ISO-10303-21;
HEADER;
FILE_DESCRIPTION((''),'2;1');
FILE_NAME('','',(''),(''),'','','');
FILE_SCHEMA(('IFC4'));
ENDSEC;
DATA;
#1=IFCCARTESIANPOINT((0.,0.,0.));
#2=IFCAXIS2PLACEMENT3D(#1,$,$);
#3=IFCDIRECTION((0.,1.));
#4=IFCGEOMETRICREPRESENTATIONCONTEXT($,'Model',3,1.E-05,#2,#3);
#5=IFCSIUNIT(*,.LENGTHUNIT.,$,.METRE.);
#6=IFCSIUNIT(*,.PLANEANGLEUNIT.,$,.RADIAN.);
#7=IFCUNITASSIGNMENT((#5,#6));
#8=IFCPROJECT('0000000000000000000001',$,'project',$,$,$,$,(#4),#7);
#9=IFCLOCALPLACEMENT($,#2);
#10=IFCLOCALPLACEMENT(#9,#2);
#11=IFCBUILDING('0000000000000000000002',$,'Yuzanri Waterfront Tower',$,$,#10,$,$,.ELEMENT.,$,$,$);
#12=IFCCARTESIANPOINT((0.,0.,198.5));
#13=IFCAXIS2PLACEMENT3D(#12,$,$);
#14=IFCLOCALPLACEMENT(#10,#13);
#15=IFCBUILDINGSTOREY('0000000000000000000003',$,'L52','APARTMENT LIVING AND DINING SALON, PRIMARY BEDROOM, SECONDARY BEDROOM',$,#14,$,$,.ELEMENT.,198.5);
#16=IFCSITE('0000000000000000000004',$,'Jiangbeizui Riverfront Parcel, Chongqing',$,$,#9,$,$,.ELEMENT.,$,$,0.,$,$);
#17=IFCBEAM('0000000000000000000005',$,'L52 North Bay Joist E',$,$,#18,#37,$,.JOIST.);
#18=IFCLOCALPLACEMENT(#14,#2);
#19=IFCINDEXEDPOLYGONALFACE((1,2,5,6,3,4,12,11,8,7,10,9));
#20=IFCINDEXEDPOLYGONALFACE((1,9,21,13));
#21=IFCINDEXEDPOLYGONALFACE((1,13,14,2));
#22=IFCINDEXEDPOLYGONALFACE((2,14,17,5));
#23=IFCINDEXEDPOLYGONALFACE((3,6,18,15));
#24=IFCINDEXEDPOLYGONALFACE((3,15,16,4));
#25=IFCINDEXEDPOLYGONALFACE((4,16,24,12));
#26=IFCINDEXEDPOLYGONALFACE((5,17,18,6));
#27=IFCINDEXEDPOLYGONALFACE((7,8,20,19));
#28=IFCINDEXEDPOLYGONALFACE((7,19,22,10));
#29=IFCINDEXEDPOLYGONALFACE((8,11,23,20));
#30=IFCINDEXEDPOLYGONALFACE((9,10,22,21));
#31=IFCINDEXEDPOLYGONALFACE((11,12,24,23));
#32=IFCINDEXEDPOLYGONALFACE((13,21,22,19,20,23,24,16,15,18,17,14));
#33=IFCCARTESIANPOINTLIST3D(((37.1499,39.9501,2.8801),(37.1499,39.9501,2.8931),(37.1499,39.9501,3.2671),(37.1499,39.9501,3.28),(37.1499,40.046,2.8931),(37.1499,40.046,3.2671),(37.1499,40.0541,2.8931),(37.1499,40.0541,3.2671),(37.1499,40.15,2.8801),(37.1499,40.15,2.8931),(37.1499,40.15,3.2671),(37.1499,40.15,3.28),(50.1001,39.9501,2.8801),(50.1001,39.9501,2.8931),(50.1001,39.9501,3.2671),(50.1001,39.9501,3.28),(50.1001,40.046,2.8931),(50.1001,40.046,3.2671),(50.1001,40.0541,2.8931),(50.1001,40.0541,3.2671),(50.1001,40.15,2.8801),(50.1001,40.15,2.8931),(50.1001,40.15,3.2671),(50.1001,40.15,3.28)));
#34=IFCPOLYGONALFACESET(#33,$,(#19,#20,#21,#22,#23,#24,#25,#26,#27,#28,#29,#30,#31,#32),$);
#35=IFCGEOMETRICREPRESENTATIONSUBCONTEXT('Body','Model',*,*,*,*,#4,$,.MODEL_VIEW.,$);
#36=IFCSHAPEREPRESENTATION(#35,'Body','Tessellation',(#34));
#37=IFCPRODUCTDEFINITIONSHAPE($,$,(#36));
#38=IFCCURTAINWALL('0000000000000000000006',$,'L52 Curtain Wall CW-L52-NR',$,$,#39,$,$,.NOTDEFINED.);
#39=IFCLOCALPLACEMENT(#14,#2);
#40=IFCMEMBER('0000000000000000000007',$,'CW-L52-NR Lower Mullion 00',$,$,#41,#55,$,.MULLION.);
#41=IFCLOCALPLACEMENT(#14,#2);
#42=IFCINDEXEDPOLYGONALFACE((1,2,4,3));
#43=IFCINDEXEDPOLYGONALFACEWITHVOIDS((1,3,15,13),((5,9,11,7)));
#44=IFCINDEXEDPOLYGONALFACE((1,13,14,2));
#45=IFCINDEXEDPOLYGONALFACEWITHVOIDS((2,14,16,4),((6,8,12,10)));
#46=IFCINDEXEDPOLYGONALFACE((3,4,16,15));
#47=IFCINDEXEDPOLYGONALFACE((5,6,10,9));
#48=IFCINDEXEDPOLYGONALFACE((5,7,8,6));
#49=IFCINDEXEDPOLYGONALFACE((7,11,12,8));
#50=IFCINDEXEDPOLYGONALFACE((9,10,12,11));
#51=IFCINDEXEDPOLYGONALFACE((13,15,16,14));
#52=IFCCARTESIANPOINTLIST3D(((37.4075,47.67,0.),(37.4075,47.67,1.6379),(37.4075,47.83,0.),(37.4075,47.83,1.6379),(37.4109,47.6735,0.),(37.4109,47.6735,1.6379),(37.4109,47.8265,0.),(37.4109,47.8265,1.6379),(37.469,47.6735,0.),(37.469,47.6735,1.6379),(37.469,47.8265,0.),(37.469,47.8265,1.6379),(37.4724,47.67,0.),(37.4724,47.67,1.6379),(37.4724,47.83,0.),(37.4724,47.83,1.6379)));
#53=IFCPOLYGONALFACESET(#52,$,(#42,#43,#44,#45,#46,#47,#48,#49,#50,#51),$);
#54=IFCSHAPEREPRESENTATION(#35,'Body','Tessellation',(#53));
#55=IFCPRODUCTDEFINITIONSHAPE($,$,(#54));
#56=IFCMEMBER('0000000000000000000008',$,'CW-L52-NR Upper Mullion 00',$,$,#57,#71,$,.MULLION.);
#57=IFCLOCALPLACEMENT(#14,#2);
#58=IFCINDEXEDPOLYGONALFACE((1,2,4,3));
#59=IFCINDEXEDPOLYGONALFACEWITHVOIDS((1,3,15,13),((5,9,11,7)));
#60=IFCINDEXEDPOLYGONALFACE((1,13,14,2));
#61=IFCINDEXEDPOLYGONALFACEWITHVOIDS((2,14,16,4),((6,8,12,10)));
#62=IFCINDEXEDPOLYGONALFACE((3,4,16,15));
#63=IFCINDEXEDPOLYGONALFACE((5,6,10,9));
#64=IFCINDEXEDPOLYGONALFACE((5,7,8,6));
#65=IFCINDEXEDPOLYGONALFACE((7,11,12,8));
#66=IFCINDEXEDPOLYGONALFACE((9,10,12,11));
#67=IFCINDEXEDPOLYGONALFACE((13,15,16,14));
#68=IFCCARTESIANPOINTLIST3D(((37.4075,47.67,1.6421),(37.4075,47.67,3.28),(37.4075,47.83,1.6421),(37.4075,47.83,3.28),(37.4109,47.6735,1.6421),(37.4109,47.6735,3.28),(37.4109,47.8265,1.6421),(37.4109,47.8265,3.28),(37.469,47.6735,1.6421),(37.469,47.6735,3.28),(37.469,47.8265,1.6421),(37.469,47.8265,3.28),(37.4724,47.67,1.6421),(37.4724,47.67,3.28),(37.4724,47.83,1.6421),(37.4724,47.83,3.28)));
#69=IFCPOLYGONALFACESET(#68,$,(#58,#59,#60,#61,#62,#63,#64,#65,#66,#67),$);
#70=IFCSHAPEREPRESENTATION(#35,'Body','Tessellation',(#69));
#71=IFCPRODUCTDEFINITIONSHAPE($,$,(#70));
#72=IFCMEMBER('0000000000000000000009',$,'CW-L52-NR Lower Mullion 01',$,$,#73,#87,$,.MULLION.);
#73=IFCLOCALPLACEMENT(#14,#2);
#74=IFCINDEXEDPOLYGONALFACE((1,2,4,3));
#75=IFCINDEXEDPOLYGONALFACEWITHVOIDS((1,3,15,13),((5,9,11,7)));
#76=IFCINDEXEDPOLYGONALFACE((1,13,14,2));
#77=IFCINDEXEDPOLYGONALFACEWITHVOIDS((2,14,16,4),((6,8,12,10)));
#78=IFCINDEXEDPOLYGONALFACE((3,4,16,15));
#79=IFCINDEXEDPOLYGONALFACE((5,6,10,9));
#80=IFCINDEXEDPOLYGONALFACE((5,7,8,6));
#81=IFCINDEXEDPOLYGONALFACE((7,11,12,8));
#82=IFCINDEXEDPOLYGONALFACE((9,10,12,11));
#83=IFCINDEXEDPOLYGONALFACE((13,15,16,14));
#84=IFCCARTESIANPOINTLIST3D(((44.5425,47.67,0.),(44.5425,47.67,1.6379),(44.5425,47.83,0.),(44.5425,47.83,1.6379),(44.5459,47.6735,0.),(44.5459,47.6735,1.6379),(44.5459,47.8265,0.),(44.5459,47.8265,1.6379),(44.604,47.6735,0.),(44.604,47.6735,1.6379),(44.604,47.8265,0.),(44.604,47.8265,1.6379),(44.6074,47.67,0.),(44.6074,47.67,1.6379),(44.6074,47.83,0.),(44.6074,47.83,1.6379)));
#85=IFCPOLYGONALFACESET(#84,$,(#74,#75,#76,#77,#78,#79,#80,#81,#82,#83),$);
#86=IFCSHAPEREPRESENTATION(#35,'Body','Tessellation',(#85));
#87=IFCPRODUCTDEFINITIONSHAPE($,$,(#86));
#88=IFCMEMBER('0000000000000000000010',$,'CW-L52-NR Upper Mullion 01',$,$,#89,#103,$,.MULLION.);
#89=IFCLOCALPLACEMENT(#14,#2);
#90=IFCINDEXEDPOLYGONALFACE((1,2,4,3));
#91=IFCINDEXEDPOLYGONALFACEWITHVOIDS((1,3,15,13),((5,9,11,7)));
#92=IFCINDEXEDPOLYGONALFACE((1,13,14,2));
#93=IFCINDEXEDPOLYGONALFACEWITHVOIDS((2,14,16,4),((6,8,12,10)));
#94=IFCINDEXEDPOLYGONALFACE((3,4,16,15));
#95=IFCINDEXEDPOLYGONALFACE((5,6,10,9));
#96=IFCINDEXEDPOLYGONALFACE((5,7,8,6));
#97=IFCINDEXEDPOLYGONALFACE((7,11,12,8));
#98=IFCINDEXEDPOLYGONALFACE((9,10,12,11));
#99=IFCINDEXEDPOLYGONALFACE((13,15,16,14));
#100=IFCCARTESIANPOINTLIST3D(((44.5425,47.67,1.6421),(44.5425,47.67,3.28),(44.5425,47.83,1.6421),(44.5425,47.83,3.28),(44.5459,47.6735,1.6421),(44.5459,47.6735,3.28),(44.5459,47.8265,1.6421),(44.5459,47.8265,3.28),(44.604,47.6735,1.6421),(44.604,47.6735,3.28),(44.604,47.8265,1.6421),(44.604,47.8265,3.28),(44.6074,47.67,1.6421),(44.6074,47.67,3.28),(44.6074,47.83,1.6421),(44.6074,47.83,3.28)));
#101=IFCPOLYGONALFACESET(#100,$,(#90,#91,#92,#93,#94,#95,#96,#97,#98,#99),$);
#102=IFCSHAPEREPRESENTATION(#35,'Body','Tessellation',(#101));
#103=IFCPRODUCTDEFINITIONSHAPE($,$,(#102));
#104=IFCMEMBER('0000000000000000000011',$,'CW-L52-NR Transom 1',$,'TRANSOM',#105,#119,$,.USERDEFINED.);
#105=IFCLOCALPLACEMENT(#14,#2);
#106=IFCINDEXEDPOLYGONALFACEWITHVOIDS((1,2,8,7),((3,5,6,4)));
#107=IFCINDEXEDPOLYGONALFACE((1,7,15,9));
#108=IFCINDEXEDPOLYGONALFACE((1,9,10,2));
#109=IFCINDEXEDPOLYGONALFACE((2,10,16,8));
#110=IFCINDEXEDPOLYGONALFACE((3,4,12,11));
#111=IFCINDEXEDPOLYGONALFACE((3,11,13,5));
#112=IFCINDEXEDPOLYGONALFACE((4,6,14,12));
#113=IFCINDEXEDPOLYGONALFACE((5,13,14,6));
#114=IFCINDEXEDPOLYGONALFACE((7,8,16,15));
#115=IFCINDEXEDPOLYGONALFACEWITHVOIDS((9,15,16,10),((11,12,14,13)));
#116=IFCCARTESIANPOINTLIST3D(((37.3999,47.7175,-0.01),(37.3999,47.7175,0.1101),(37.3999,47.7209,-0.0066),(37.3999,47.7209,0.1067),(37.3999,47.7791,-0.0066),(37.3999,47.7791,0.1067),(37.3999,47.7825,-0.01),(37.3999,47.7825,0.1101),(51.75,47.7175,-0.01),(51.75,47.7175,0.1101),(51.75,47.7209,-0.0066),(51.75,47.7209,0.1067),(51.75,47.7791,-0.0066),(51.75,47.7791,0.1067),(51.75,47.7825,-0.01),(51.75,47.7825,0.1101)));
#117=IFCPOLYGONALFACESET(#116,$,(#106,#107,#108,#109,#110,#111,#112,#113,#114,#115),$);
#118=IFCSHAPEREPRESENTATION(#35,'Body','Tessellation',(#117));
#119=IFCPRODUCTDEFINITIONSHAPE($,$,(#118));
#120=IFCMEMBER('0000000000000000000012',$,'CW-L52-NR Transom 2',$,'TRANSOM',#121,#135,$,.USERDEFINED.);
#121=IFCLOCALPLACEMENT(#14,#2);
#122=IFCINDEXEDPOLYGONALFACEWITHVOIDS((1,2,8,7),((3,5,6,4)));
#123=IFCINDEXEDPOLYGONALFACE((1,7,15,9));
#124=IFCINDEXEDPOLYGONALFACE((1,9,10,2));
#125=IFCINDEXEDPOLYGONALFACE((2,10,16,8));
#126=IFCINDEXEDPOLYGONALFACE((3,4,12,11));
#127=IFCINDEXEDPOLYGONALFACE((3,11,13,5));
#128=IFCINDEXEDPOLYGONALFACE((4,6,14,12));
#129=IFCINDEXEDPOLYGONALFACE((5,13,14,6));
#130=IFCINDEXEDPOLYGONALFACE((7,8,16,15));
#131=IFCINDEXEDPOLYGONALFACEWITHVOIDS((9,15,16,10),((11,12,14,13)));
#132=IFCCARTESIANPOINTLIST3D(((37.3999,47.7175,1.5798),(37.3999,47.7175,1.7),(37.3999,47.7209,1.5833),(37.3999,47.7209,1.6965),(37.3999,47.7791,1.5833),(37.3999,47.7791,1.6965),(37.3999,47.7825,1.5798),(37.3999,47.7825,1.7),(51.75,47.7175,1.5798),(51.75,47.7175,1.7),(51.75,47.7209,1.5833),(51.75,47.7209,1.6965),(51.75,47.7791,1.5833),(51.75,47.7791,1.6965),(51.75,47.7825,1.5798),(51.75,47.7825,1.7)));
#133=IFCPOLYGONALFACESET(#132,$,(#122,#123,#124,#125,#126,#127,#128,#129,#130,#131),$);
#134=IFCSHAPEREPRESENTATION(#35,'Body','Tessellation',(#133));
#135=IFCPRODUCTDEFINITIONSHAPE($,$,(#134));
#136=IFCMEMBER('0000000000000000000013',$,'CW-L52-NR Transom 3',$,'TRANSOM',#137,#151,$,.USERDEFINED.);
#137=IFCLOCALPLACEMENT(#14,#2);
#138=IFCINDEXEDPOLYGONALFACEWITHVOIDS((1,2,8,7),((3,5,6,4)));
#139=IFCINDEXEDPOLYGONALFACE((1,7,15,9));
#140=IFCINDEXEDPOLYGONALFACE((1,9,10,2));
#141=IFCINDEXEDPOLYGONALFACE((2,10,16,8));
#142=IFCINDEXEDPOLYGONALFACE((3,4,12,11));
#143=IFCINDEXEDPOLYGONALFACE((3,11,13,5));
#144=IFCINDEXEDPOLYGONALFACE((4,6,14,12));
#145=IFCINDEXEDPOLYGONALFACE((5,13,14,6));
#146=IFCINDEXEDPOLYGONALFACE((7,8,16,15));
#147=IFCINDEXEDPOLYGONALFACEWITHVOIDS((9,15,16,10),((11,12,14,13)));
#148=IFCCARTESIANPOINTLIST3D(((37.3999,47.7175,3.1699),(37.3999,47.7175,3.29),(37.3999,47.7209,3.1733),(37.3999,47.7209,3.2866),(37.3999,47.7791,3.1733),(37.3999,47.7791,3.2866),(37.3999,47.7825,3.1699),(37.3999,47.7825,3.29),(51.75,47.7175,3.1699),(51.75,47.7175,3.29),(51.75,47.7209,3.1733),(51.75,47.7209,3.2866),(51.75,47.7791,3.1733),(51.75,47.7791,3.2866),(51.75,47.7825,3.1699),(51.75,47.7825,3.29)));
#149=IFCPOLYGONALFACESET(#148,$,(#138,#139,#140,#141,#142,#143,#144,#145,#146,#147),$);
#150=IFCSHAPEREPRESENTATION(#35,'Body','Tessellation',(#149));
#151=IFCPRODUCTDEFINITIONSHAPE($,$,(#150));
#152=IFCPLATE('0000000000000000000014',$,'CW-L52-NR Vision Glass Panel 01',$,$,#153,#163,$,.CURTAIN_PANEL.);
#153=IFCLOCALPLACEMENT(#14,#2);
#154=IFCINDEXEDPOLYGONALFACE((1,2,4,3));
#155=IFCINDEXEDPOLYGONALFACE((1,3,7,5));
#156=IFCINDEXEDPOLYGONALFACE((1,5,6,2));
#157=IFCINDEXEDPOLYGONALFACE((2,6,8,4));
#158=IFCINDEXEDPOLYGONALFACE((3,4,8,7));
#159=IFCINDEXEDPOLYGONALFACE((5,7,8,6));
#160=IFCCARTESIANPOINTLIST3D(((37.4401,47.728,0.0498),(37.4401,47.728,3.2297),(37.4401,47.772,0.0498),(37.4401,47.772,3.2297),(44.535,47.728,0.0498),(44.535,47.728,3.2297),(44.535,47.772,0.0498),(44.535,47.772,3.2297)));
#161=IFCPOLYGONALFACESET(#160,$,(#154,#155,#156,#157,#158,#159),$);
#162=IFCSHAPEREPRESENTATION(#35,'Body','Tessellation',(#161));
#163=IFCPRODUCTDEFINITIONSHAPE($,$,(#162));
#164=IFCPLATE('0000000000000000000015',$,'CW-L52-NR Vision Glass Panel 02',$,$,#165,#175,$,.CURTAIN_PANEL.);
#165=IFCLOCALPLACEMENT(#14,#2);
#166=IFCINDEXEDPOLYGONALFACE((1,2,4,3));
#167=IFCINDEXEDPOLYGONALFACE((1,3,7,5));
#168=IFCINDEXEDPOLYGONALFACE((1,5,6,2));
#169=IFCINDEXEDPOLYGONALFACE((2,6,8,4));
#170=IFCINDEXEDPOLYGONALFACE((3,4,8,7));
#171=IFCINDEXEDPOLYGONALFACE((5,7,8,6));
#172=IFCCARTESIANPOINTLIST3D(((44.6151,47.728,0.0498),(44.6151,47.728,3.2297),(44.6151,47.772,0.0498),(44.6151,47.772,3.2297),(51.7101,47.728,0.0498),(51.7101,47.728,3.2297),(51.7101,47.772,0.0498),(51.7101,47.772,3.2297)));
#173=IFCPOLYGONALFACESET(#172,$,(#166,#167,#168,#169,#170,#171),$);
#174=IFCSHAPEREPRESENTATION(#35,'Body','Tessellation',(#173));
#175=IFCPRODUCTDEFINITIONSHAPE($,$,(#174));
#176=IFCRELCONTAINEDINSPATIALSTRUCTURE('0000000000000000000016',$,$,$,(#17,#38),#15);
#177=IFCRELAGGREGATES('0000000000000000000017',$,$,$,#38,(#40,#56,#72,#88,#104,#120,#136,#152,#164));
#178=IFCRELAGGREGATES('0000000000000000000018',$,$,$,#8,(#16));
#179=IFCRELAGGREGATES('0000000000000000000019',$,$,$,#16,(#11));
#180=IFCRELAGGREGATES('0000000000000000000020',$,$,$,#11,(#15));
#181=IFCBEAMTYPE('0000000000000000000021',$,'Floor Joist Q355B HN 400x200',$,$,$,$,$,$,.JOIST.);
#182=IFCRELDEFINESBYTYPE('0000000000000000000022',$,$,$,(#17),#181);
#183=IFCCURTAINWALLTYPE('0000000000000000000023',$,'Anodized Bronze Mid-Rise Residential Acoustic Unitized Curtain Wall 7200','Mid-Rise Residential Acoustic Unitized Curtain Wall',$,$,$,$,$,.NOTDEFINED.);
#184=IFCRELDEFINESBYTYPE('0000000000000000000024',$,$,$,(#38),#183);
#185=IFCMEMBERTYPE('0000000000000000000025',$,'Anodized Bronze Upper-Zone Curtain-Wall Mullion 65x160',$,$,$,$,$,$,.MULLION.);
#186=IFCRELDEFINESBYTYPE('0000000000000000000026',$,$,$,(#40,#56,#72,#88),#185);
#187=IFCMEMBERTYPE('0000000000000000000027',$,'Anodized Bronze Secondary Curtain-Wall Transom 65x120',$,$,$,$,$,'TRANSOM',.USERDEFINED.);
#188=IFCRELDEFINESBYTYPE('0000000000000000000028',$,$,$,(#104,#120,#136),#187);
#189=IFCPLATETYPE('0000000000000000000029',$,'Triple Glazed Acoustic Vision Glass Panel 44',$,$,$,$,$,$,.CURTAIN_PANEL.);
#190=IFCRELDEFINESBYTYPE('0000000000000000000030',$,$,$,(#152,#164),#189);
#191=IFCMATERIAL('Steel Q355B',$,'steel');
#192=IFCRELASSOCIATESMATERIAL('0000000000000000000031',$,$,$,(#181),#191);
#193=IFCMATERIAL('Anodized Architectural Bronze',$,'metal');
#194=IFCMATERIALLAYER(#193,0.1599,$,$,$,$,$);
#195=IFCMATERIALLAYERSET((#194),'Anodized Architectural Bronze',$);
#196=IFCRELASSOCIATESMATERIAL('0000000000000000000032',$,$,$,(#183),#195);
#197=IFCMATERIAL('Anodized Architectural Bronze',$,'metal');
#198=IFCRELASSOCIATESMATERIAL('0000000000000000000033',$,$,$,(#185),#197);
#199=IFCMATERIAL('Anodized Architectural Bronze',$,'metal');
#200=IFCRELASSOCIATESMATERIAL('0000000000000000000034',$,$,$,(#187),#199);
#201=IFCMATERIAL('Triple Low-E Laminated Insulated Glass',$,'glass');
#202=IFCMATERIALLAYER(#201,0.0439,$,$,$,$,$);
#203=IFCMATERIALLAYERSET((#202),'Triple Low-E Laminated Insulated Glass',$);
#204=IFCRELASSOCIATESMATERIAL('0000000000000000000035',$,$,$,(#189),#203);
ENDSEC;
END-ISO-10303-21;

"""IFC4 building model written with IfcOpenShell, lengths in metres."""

from ifc_helpers import new_model, si_unit, direction, frame, origin, origin_2d, place, context, subcontext, project, spatial, rectangle, hollow_rectangle, i_section, extrude, source, transform, mapped, material, layer, layer_set, material_profile, profile_set, type_object, element, aggregate, save


model = new_model("IFC4")

# Units and contexts
model_context = context("Model", 3, precision=1e-05, world=origin(), true_north=direction((0.0, 1.0)))
body_context = subcontext(model_context, "Body", "Model", "MODEL_VIEW")
ifc_project = project(units=[si_unit("LENGTHUNIT", "METRE"), si_unit("PLANEANGLEUNIT", "RADIAN")], contexts=[model_context])

# Site, building, storey
site_placement = place(None, origin())
site = spatial("IfcSite", under=ifc_project, at=site_placement, Name="Jiangbeizui Riverfront Parcel, Chongqing", CompositionType="ELEMENT", RefElevation=0.0)
building_placement = place(site_placement, origin())
building = spatial("IfcBuilding", under=site, at=building_placement, Name="Yuzanri Waterfront Tower", CompositionType="ELEMENT")
storey_placement = place(building_placement, frame((0.0, 0.0, 198.5)))
storey = spatial("IfcBuildingStorey", under=building, at=storey_placement, Name="L52", Description="APARTMENT LIVING AND DINING SALON, PRIMARY BEDROOM, SECONDARY BEDROOM", CompositionType="ELEMENT", Elevation=198.5)

# Beam
ifc_material_1 = material(Name="Steel Q355B", Category="steel")
ifc_material_profile_1 = material_profile(ifc_material_1, i_section(OverallWidth=0.2, OverallDepth=0.3999, WebThickness=0.0081, FlangeThickness=0.0129, at=origin_2d()), Name="HN 400x200x8x13")
ifc_profile_set_1 = profile_set([ifc_material_profile_1], Name="Steel Q355B")
beam_type = type_object("IfcBeamType", Name="Floor Joist Q355B HN 400x200", PredefinedType="JOIST", material=ifc_profile_set_1)
shared_shape_1 = source(origin(), body_context, "Body", "SweptSolid", [
    extrude(i_section(OverallWidth=0.2, OverallDepth=0.3999, WebThickness=0.0081, FlangeThickness=0.0129, at=origin_2d()), origin(), (0.0, 0.0, 1.0), 12.9502),
])
beam_placement = place(storey_placement, frame((37.1499, 40.05, 3.0801), z_axis=(1.0, 0.0, 0.0), x_axis=(0.0, 1.0, 0.0)))
element("IfcBeam", 1, at=beam_placement, inside=storey, type_object=beam_type, Name="L52 North Bay Joist E", PredefinedType="JOIST", context=body_context, shape_type="MappedRepresentation", body=[
    mapped(shared_shape_1, transform((0.0, 0.0, 0.0), scale=1.0)),
])

# Curtain wall, members, plates
ifc_material_2 = material(Name="Anodized Architectural Bronze", Category="metal")
ifc_layer_1 = layer(ifc_material_2, 0.1599)
ifc_layer_set_1 = layer_set([ifc_layer_1], Name="Anodized Architectural Bronze")
curtain_wall_type = type_object("IfcCurtainWallType", Name="Anodized Bronze Mid-Rise Residential Acoustic Unitized Curtain Wall 7200", Description="Mid-Rise Residential Acoustic Unitized Curtain Wall", PredefinedType="NOTDEFINED", material=ifc_layer_set_1)
curtain_wall_placement = place(storey_placement, origin())
curtain_wall = element("IfcCurtainWall", 2, at=curtain_wall_placement, inside=storey, type_object=curtain_wall_type, Name="L52 Curtain Wall CW-L52-NR", PredefinedType="NOTDEFINED")
ifc_material_3 = material(Name="Anodized Architectural Bronze", Category="metal")
ifc_material_profile_2 = material_profile(ifc_material_3, hollow_rectangle(XDim=0.0649, YDim=0.1599, WallThickness=0.0034, at=origin_2d()), Name="CWM 65x160")
ifc_profile_set_2 = profile_set([ifc_material_profile_2], Name="Anodized Architectural Bronze")
member_type_1 = type_object("IfcMemberType", Name="Anodized Bronze Upper-Zone Curtain-Wall Mullion 65x160", PredefinedType="MULLION", material=ifc_profile_set_2)
shared_shape_2 = source(origin(), body_context, "Body", "SweptSolid", [
    extrude(hollow_rectangle(XDim=0.0649, YDim=0.1599, WallThickness=0.0034, at=origin_2d()), origin(), (0.0, 0.0, 1.0), 1.6379),
])
member_1_placement = place(storey_placement, frame((37.4399, 47.75, 0.0), z_axis=(0.0, 0.0, 1.0), x_axis=(1.0, 0.0, 0.0)))
member_1 = element("IfcMember", 3, at=member_1_placement, type_object=member_type_1, Name="CW-L52-NR Lower Mullion 00", PredefinedType="MULLION", context=body_context, shape_type="MappedRepresentation", body=[
    mapped(shared_shape_2, transform((0.0, 0.0, 0.0), scale=1.0)),
])
member_2_placement = place(storey_placement, frame((37.4399, 47.75, 1.6421), z_axis=(0.0, 0.0, 1.0), x_axis=(1.0, 0.0, 0.0)))
member_2 = element("IfcMember", 4, at=member_2_placement, type_object=member_type_1, Name="CW-L52-NR Upper Mullion 00", PredefinedType="MULLION", context=body_context, shape_type="MappedRepresentation", body=[
    mapped(shared_shape_2, transform((0.0, 0.0, 0.0), scale=1.0)),
])
member_3_placement = place(storey_placement, frame((44.575, 47.75, 0.0), z_axis=(0.0, 0.0, 1.0), x_axis=(1.0, 0.0, 0.0)))
member_3 = element("IfcMember", 5, at=member_3_placement, type_object=member_type_1, Name="CW-L52-NR Lower Mullion 01", PredefinedType="MULLION", context=body_context, shape_type="MappedRepresentation", body=[
    mapped(shared_shape_2, transform((0.0, 0.0, 0.0), scale=1.0)),
])
member_4_placement = place(storey_placement, frame((44.575, 47.75, 1.6421), z_axis=(0.0, 0.0, 1.0), x_axis=(1.0, 0.0, 0.0)))
member_4 = element("IfcMember", 6, at=member_4_placement, type_object=member_type_1, Name="CW-L52-NR Upper Mullion 01", PredefinedType="MULLION", context=body_context, shape_type="MappedRepresentation", body=[
    mapped(shared_shape_2, transform((0.0, 0.0, 0.0), scale=1.0)),
])
ifc_material_4 = material(Name="Anodized Architectural Bronze", Category="metal")
ifc_material_profile_3 = material_profile(ifc_material_4, hollow_rectangle(XDim=0.0649, YDim=0.1201, WallThickness=0.0034, at=origin_2d()), Name="CWT 65x120")
ifc_profile_set_3 = profile_set([ifc_material_profile_3], Name="Anodized Architectural Bronze")
member_type_2 = type_object("IfcMemberType", Name="Anodized Bronze Secondary Curtain-Wall Transom 65x120", ElementType="TRANSOM", PredefinedType="USERDEFINED", material=ifc_profile_set_3)
shared_shape_3 = source(origin(), body_context, "Body", "SweptSolid", [
    extrude(hollow_rectangle(XDim=0.0649, YDim=0.1201, WallThickness=0.0034, at=origin_2d()), origin(), (0.0, 0.0, 1.0), 14.3501),
])
member_5_placement = place(storey_placement, frame((37.3999, 47.75, 0.05), z_axis=(1.0, 0.0, 0.0), x_axis=(0.0, 1.0, 0.0)))
member_5 = element("IfcMember", 7, at=member_5_placement, type_object=member_type_2, Name="CW-L52-NR Transom 1", ObjectType="TRANSOM", PredefinedType="USERDEFINED", context=body_context, shape_type="MappedRepresentation", body=[
    mapped(shared_shape_3, transform((0.0, 0.0, 0.0), scale=1.0)),
])
member_6_placement = place(storey_placement, frame((37.3999, 47.75, 1.6399), z_axis=(1.0, 0.0, 0.0), x_axis=(0.0, 1.0, 0.0)))
member_6 = element("IfcMember", 8, at=member_6_placement, type_object=member_type_2, Name="CW-L52-NR Transom 2", ObjectType="TRANSOM", PredefinedType="USERDEFINED", context=body_context, shape_type="MappedRepresentation", body=[
    mapped(shared_shape_3, transform((0.0, 0.0, 0.0), scale=1.0)),
])
member_7_placement = place(storey_placement, frame((37.3999, 47.75, 3.23), z_axis=(1.0, 0.0, 0.0), x_axis=(0.0, 1.0, 0.0)))
member_7 = element("IfcMember", 9, at=member_7_placement, type_object=member_type_2, Name="CW-L52-NR Transom 3", ObjectType="TRANSOM", PredefinedType="USERDEFINED", context=body_context, shape_type="MappedRepresentation", body=[
    mapped(shared_shape_3, transform((0.0, 0.0, 0.0), scale=1.0)),
])
ifc_material_5 = material(Name="Triple Low-E Laminated Insulated Glass", Category="glass")
ifc_layer_2 = layer(ifc_material_5, 0.0439)
ifc_layer_set_2 = layer_set([ifc_layer_2], Name="Triple Low-E Laminated Insulated Glass")
plate_type = type_object("IfcPlateType", Name="Triple Glazed Acoustic Vision Glass Panel 44", PredefinedType="CURTAIN_PANEL", material=ifc_layer_set_2)
shared_shape_4 = source(origin(), body_context, "Body", "SweptSolid", [
    extrude(rectangle(XDim=7.095, YDim=0.0439, at=origin_2d()), origin(), (0.0, 0.0, 1.0), 3.1799),
])
plate_1_placement = place(storey_placement, frame((40.9875, 47.75, 0.0498), z_axis=(0.0, 0.0, 1.0), x_axis=(1.0, 0.0, 0.0)))
plate_1 = element("IfcPlate", 10, at=plate_1_placement, type_object=plate_type, Name="CW-L52-NR Vision Glass Panel 01", PredefinedType="CURTAIN_PANEL", context=body_context, shape_type="MappedRepresentation", body=[
    mapped(shared_shape_4, transform((0.0, 0.0, 0.0), scale=1.0)),
])
plate_2_placement = place(storey_placement, frame((48.1626, 47.75, 0.0498), z_axis=(0.0, 0.0, 1.0), x_axis=(1.0, 0.0, 0.0)))
plate_2 = element("IfcPlate", 11, at=plate_2_placement, type_object=plate_type, Name="CW-L52-NR Vision Glass Panel 02", PredefinedType="CURTAIN_PANEL", context=body_context, shape_type="MappedRepresentation", body=[
    mapped(shared_shape_4, transform((0.0, 0.0, 0.0), scale=1.0)),
])
aggregate(curtain_wall, [member_1, member_2, member_3, member_4, member_5, member_6, member_7, plate_1, plate_2])

save(model, "model.ifc")
